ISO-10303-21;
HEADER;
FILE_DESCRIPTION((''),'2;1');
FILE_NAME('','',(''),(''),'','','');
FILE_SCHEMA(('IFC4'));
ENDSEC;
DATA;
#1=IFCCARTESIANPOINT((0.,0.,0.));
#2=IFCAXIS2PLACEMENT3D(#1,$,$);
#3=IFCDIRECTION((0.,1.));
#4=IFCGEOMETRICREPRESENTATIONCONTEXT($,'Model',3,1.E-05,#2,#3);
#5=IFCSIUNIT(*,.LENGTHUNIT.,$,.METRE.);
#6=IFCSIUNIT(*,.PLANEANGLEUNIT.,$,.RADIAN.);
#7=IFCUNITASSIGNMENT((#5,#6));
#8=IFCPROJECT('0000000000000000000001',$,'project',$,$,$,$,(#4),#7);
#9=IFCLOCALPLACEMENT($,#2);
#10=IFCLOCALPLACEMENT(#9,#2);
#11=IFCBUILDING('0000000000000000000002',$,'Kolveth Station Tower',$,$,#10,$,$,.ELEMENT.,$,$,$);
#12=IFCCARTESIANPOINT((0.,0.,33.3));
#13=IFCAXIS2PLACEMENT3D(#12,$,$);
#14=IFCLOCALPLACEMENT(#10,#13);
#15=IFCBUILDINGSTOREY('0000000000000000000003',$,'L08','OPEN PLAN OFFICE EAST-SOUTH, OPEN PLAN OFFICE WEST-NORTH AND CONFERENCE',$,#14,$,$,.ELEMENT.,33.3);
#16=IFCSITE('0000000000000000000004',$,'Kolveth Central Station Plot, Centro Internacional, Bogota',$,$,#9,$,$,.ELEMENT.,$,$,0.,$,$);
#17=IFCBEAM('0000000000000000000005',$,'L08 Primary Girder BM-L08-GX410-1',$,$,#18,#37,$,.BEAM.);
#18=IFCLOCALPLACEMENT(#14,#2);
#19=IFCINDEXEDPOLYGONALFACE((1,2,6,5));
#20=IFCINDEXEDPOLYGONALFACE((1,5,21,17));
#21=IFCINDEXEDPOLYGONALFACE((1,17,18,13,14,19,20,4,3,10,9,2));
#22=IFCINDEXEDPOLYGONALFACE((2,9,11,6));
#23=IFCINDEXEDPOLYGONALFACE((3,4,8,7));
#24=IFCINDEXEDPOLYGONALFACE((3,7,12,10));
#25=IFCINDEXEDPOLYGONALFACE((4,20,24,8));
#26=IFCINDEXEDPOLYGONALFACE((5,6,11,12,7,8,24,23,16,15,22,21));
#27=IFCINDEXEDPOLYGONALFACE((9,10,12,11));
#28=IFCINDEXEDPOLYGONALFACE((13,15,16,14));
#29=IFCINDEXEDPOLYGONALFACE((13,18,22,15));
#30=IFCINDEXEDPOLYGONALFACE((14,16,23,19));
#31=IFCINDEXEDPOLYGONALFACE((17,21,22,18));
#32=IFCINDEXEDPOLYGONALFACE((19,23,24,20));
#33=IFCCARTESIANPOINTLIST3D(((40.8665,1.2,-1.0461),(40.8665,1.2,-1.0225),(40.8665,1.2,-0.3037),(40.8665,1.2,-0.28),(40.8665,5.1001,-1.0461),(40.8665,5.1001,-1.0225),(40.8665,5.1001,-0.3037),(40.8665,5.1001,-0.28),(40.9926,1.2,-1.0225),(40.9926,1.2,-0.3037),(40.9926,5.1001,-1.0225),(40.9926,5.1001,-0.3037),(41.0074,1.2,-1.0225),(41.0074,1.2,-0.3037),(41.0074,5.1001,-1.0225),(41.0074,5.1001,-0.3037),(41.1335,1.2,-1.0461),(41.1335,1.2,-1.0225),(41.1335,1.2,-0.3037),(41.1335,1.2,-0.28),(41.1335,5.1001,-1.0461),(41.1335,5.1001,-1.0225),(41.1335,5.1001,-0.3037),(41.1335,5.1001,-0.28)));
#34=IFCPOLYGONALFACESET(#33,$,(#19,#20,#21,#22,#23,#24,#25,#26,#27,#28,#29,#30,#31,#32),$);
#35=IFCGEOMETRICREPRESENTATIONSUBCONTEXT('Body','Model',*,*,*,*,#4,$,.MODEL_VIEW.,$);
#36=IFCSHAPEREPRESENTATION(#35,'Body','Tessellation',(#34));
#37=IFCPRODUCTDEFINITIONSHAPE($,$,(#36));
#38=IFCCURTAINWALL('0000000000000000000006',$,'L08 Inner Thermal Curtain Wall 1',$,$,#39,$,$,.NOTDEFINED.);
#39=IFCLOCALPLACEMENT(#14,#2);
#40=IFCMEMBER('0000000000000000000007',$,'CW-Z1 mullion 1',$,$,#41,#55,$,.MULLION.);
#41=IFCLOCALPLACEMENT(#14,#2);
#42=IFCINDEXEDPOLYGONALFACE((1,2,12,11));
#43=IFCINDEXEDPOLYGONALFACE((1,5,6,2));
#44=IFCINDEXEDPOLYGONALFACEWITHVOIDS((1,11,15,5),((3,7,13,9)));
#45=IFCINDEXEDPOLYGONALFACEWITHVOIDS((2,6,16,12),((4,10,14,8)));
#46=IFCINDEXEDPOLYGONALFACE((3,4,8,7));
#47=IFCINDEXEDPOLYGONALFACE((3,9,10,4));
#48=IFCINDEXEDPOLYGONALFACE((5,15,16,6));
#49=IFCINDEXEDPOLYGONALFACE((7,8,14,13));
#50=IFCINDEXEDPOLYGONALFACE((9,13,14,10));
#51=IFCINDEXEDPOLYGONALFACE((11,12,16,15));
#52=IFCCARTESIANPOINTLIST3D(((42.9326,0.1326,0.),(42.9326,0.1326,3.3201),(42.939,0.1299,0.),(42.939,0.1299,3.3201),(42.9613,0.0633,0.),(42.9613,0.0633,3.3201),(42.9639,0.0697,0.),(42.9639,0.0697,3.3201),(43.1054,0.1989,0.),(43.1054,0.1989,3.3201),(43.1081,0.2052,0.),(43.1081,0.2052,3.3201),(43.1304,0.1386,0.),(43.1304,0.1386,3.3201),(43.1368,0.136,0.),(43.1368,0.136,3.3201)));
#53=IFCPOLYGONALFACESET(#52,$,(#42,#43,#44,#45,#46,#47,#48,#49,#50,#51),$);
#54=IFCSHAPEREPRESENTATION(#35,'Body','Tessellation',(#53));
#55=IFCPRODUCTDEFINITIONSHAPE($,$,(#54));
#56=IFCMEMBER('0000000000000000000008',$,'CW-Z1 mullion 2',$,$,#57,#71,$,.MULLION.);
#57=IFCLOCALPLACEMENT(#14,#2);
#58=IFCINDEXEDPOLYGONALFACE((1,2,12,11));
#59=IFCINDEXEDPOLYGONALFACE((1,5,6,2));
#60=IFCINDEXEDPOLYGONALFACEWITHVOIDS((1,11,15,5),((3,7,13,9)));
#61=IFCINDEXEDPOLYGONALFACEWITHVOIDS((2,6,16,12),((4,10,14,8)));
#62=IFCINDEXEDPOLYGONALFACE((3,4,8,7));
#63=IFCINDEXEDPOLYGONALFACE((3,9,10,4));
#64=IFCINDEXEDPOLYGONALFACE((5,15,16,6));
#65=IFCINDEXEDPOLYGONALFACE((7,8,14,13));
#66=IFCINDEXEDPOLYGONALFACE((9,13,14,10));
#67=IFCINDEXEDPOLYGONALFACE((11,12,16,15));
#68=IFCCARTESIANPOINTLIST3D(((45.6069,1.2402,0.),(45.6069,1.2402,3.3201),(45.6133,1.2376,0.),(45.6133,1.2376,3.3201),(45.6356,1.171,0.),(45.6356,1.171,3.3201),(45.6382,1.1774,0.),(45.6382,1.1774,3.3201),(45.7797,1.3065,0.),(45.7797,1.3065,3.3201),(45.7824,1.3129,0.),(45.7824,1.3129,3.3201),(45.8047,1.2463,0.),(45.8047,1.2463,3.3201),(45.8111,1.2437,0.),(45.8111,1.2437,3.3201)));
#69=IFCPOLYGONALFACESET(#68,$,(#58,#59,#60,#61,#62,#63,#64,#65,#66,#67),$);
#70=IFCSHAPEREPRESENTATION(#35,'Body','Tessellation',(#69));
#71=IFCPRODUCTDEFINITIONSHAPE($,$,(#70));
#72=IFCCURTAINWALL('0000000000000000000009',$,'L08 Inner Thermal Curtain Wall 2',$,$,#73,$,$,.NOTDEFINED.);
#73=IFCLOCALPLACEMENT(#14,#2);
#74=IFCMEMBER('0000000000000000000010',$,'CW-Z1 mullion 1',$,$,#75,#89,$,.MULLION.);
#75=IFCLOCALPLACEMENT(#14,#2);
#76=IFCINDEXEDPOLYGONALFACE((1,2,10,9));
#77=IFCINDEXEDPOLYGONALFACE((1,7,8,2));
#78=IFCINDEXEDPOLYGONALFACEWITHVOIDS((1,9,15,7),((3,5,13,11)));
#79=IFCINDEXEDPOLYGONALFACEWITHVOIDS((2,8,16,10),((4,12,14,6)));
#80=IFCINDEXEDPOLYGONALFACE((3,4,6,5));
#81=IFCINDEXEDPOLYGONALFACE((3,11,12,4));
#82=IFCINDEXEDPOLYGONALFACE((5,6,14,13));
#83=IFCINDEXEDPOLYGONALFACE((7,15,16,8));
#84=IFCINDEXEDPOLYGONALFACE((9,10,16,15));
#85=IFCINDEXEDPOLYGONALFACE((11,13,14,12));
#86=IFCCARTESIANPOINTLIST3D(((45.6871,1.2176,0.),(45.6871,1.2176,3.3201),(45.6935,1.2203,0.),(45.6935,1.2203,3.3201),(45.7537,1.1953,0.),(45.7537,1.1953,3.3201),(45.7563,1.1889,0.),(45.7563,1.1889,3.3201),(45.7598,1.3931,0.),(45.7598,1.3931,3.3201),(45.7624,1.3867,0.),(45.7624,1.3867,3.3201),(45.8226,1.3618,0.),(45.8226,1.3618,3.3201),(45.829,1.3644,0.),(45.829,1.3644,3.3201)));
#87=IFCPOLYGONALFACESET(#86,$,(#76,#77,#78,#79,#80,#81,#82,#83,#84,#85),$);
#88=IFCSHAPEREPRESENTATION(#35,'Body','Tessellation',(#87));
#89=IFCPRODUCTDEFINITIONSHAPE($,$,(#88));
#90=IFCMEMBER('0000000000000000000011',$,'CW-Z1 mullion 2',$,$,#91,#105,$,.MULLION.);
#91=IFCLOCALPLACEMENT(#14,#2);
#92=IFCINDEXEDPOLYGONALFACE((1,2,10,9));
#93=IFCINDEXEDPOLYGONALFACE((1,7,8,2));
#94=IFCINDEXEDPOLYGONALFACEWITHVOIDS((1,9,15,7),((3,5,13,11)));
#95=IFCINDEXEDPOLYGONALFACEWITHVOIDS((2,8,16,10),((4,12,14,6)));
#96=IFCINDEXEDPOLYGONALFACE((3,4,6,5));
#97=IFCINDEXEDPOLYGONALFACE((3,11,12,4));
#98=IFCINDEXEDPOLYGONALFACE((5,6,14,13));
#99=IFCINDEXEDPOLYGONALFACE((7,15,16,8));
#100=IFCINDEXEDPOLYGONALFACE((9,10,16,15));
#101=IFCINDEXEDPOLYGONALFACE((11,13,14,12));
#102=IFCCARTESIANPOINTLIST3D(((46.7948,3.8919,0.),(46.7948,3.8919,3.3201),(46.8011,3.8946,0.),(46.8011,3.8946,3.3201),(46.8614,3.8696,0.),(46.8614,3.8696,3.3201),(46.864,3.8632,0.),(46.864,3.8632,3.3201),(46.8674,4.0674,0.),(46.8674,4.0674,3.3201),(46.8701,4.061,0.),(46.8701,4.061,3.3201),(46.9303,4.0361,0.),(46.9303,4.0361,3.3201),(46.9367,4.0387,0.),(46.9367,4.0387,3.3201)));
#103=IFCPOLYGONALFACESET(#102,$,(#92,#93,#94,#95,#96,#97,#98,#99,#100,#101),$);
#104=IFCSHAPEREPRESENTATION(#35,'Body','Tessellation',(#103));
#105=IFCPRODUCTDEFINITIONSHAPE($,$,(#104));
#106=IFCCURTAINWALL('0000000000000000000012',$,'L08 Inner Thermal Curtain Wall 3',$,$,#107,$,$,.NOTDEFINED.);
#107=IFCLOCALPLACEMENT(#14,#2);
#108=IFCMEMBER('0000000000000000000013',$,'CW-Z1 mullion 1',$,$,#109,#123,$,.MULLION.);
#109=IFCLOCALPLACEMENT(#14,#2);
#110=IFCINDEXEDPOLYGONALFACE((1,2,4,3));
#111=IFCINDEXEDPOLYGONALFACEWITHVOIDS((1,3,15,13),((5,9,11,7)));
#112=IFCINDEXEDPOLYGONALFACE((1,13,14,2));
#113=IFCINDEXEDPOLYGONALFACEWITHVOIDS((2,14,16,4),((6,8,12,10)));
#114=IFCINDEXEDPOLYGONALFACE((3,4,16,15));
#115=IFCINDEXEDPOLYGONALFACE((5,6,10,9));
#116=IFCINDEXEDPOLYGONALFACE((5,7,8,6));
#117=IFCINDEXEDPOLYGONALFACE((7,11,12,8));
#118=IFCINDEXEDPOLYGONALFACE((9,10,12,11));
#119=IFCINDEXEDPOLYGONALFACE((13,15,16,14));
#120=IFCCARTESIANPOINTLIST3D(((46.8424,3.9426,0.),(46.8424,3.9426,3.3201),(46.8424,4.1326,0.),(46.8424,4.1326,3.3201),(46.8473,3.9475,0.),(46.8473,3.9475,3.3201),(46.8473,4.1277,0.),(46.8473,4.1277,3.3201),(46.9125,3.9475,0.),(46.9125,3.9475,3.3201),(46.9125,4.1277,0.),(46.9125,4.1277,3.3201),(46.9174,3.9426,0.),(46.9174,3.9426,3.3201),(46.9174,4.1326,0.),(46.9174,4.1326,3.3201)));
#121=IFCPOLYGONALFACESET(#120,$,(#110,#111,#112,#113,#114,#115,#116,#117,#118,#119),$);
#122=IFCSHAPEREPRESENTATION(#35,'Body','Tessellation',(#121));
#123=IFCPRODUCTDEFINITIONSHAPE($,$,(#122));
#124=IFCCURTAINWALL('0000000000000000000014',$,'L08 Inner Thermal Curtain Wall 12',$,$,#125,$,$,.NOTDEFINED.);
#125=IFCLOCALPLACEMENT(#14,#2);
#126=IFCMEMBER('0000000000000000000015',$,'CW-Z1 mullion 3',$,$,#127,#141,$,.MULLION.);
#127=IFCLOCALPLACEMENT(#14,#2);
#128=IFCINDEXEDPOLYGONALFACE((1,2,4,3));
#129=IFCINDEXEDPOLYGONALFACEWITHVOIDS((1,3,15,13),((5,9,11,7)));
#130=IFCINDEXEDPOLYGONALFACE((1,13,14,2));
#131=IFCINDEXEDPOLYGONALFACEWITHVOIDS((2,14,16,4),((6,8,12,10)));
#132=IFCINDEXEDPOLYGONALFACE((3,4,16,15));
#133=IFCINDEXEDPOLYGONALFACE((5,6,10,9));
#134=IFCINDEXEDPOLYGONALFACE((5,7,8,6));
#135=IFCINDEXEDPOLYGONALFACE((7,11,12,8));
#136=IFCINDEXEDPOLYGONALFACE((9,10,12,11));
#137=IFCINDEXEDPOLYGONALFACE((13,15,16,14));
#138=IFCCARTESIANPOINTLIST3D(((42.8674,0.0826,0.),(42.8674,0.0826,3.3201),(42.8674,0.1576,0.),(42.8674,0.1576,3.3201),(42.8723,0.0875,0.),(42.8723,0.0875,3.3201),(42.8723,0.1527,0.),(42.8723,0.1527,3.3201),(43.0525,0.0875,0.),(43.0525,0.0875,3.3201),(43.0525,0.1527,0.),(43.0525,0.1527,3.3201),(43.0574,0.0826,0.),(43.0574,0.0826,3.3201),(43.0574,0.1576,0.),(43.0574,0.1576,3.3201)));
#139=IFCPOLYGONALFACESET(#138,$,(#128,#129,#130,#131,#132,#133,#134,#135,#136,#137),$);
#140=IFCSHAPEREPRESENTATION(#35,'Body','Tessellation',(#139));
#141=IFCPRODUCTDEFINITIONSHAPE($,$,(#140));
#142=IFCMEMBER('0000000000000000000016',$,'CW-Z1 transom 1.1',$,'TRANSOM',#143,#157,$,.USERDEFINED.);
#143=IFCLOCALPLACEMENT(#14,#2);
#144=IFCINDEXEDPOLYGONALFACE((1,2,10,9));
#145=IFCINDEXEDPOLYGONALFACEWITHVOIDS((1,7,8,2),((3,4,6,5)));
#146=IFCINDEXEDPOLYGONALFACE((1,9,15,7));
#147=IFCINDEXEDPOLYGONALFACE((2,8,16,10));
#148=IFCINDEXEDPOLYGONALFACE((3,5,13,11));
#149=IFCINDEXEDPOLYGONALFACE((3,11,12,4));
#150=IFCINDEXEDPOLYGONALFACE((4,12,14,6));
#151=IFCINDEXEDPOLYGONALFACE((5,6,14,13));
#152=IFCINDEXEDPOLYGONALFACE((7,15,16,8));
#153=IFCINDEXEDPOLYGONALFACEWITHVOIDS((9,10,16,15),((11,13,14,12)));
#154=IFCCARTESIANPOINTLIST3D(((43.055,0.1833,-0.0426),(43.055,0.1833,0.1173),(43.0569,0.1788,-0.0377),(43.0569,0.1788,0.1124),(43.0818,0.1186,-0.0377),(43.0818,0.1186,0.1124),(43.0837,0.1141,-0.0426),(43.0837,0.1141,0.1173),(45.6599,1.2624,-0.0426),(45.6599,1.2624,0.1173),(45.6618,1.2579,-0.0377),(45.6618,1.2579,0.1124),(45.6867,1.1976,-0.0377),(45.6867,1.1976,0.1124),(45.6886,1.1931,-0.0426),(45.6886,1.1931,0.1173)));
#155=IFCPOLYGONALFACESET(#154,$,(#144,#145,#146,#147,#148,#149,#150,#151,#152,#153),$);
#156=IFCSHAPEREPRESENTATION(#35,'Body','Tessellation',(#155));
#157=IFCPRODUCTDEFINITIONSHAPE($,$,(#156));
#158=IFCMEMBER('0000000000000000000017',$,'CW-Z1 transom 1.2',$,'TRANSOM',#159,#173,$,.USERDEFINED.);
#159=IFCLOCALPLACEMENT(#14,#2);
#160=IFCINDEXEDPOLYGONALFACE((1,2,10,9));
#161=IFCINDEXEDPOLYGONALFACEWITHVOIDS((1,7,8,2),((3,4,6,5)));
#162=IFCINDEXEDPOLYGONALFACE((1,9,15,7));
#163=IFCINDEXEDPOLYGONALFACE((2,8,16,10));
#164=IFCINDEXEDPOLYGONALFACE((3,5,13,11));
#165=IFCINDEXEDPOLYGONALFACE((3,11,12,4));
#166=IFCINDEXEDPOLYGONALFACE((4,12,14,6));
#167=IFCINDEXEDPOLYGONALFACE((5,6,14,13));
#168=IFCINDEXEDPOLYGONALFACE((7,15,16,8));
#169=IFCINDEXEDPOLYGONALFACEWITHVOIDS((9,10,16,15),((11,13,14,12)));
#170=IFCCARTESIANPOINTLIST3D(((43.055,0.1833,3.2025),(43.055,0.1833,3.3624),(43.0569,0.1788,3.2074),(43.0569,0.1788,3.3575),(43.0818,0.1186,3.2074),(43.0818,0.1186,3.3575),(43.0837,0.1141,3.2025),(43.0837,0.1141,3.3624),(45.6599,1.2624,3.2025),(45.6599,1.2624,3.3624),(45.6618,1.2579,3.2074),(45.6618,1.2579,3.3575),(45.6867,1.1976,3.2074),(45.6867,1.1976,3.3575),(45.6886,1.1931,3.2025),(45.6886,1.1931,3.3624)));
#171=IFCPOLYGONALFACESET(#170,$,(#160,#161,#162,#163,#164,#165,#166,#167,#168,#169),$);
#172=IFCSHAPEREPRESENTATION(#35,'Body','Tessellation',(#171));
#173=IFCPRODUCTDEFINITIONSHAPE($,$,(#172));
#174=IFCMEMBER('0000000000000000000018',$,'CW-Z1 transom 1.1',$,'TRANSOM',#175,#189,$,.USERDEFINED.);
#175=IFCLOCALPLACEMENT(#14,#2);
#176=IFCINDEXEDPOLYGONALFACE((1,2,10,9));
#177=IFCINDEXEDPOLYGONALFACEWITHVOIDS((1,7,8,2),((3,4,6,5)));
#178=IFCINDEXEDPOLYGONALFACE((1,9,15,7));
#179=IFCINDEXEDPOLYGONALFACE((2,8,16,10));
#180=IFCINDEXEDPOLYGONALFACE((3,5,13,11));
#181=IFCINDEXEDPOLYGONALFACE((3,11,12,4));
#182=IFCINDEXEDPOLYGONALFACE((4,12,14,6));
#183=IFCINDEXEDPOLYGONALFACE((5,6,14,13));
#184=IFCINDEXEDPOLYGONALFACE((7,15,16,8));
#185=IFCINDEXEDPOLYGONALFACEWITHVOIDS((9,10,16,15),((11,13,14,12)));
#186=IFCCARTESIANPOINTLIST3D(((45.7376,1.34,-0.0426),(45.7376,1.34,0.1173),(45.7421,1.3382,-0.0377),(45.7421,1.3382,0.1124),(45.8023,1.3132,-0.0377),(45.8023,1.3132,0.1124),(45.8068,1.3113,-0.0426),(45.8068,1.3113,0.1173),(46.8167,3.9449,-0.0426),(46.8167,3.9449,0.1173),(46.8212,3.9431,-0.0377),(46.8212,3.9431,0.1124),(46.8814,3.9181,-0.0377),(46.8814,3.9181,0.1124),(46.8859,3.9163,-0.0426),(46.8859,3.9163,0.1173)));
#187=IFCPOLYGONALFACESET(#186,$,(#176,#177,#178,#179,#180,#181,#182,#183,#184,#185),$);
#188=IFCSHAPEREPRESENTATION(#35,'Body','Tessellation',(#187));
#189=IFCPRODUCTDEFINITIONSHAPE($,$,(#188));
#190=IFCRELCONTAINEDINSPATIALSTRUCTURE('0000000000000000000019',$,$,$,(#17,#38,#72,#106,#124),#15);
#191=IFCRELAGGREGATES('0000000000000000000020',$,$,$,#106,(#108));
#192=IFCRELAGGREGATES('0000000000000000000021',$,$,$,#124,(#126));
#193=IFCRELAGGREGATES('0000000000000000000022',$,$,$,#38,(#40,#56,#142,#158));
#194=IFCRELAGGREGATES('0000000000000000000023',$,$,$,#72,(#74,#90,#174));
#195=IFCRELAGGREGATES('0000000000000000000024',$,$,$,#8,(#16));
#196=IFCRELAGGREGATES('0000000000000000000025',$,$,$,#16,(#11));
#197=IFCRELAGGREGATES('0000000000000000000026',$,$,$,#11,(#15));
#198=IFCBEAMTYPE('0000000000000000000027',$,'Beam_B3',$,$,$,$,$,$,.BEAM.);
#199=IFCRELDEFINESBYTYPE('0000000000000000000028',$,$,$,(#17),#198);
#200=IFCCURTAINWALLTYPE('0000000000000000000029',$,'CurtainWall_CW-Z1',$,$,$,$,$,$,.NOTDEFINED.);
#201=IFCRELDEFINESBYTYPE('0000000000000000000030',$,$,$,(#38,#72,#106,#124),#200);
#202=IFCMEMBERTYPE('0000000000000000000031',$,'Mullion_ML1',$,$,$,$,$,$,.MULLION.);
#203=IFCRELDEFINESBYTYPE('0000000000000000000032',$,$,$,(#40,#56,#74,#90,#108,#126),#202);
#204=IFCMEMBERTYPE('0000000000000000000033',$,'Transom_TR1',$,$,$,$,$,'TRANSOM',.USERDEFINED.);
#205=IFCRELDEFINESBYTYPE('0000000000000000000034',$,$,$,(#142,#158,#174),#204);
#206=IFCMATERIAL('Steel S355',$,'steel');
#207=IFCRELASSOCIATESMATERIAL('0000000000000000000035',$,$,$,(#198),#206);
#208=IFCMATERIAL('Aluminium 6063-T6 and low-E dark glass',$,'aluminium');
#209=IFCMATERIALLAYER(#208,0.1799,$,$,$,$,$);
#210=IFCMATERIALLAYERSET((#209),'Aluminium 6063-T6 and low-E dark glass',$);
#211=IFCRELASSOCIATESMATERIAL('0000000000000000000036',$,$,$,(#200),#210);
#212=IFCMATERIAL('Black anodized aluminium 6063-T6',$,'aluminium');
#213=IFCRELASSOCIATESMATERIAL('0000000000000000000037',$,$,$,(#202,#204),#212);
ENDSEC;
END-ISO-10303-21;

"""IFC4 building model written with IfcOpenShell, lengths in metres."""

from ifc_helpers import new_model, si_unit, direction, frame, origin, origin_2d, place, context, subcontext, project, spatial, hollow_rectangle, i_section, extrude, source, transform, mapped, material, layer, layer_set, material_profile, profile_set, type_object, element, aggregate, save


model = new_model("IFC4")

# Units and contexts
model_context = context("Model", 3, precision=1e-05, world=origin(), true_north=direction((0.0, 1.0)))
body_context = subcontext(model_context, "Body", "Model", "MODEL_VIEW")
ifc_project = project(units=[si_unit("LENGTHUNIT", "METRE"), si_unit("PLANEANGLEUNIT", "RADIAN")], contexts=[model_context])

# Site, building, storey
site_placement = place(None, origin())
site = spatial("IfcSite", under=ifc_project, at=site_placement, Name="Kolveth Central Station Plot, Centro Internacional, Bogota", CompositionType="ELEMENT", RefElevation=0.0)
building_placement = place(site_placement, origin())
building = spatial("IfcBuilding", under=site, at=building_placement, Name="Kolveth Station Tower", CompositionType="ELEMENT")
storey_placement = place(building_placement, frame((0.0, 0.0, 33.3)))
storey = spatial("IfcBuildingStorey", under=building, at=storey_placement, Name="L08", Description="OPEN PLAN OFFICE EAST-SOUTH, OPEN PLAN OFFICE WEST-NORTH AND CONFERENCE", CompositionType="ELEMENT", Elevation=33.3)

# Beam
ifc_material_1 = material(Name="Steel S355", Category="steel")
ifc_material_profile_1 = material_profile(ifc_material_1, i_section(OverallWidth=0.2671, OverallDepth=0.7661, WebThickness=0.0149, FlangeThickness=0.0237, at=origin_2d()), Name="W760x185")
ifc_profile_set_1 = profile_set([ifc_material_profile_1], Name="Steel S355")
beam_type = type_object("IfcBeamType", Name="Beam_B3", PredefinedType="BEAM", material=ifc_profile_set_1)
shared_shape_1 = source(origin(), body_context, "Body", "SweptSolid", [
    extrude(i_section(OverallWidth=0.2671, OverallDepth=0.7661, WebThickness=0.0149, FlangeThickness=0.0237, at=origin_2d()), origin(), (0.0, 0.0, 1.0), 3.9001),
])
beam_placement = place(storey_placement, frame((41.0, 1.2, -0.6631), z_axis=(0.0, 1.0, 0.0), x_axis=(-1.0, 0.0, 0.0)))
element("IfcBeam", 1, at=beam_placement, inside=storey, type_object=beam_type, Name="L08 Primary Girder BM-L08-GX410-1", PredefinedType="BEAM", context=body_context, shape_type="MappedRepresentation", body=[
    mapped(shared_shape_1, transform((0.0, 0.0, 0.0), x_axis=(1.0, 0.0, 0.0), y_axis=(0.0, 1.0, 0.0), z_axis=(0.0, 0.0, 1.0), scale=1.0)),
])

# Curtain walls, members
ifc_material_2 = material(Name="Aluminium 6063-T6 and low-E dark glass", Category="aluminium")
ifc_layer_1 = layer(ifc_material_2, 0.1799)
ifc_layer_set_1 = layer_set([ifc_layer_1], Name="Aluminium 6063-T6 and low-E dark glass")
curtain_wall_type_1 = type_object("IfcCurtainWallType", Name="CurtainWall_CW-Z1", PredefinedType="NOTDEFINED", material=ifc_layer_set_1)
curtain_wall_1_placement = place(storey_placement, origin())
curtain_wall_1 = element("IfcCurtainWall", 2, at=curtain_wall_1_placement, inside=storey, type_object=curtain_wall_type_1, Name="L08 Inner Thermal Curtain Wall 1", PredefinedType="NOTDEFINED")
ifc_material_3 = material(Name="Black anodized aluminium 6063-T6", Category="aluminium")
ifc_material_profile_2 = material_profile(ifc_material_3, hollow_rectangle(XDim=0.075, YDim=0.1899, WallThickness=0.0049, at=origin_2d()), Name="ALU-75x190x5")
ifc_profile_set_2 = profile_set([ifc_material_profile_2], Name="Black anodized aluminium 6063-T6")
member_type_1 = type_object("IfcMemberType", Name="Mullion_ML1", PredefinedType="MULLION", material=ifc_profile_set_2)
shared_shape_2 = source(origin(), body_context, "Body", "SweptSolid", [
    extrude(hollow_rectangle(XDim=0.075, YDim=0.1899, WallThickness=0.0049, at=origin_2d()), origin(), (0.0, 0.0, 1.0), 3.3201),
])
member_1_placement = place(storey_placement, frame((43.0347, 0.1343, 0.0), z_axis=(0.0, 0.0, 1.0), x_axis=(-0.382673, 0.923884, 0.0)))
member_1 = element("IfcMember", 3, at=member_1_placement, type_object=member_type_1, Name="CW-Z1 mullion 1", PredefinedType="MULLION", context=body_context, shape_type="MappedRepresentation", body=[
    mapped(shared_shape_2, transform((0.0, 0.0, 0.0), x_axis=(1.0, 0.0, 0.0), y_axis=(0.0, 1.0, 0.0), z_axis=(0.0, 0.0, 1.0), scale=1.0)),
])
member_2_placement = place(storey_placement, frame((45.709, 1.2419, 0.0), z_axis=(0.0, 0.0, 1.0), x_axis=(-0.382673, 0.923884, 0.0)))
member_2 = element("IfcMember", 4, at=member_2_placement, type_object=member_type_1, Name="CW-Z1 mullion 2", PredefinedType="MULLION", context=body_context, shape_type="MappedRepresentation", body=[
    mapped(shared_shape_2, transform((0.0, 0.0, 0.0), x_axis=(1.0, 0.0, 0.0), y_axis=(0.0, 1.0, 0.0), z_axis=(0.0, 0.0, 1.0), scale=1.0)),
])
curtain_wall_2_placement = place(storey_placement, origin())
curtain_wall_2 = element("IfcCurtainWall", 5, at=curtain_wall_2_placement, inside=storey, type_object=curtain_wall_type_1, Name="L08 Inner Thermal Curtain Wall 2", PredefinedType="NOTDEFINED")
member_3_placement = place(storey_placement, frame((45.7581, 1.291, 0.0), z_axis=(0.0, 0.0, 1.0), x_axis=(-0.923884, 0.382673, 0.0)))
member_3 = element("IfcMember", 6, at=member_3_placement, type_object=member_type_1, Name="CW-Z1 mullion 1", PredefinedType="MULLION", context=body_context, shape_type="MappedRepresentation", body=[
    mapped(shared_shape_2, transform((0.0, 0.0, 0.0), x_axis=(1.0, 0.0, 0.0), y_axis=(0.0, 1.0, 0.0), z_axis=(0.0, 0.0, 1.0), scale=1.0)),
])
member_4_placement = place(storey_placement, frame((46.8657, 3.9653, 0.0), z_axis=(0.0, 0.0, 1.0), x_axis=(-0.923884, 0.382673, 0.0)))
member_4 = element("IfcMember", 7, at=member_4_placement, type_object=member_type_1, Name="CW-Z1 mullion 2", PredefinedType="MULLION", context=body_context, shape_type="MappedRepresentation", body=[
    mapped(shared_shape_2, transform((0.0, 0.0, 0.0), x_axis=(1.0, 0.0, 0.0), y_axis=(0.0, 1.0, 0.0), z_axis=(0.0, 0.0, 1.0), scale=1.0)),
])

# Curtain walls, members
curtain_wall_3_placement = place(storey_placement, origin())
curtain_wall_3 = element("IfcCurtainWall", 8, at=curtain_wall_3_placement, inside=storey, type_object=curtain_wall_type_1, Name="L08 Inner Thermal Curtain Wall 3", PredefinedType="NOTDEFINED")
member_5_placement = place(storey_placement, frame((46.8799, 4.0376, 0.0), z_axis=(0.0, 0.0, 1.0), x_axis=(-1.0, 0.0, 0.0)))
member_5 = element("IfcMember", 9, at=member_5_placement, type_object=member_type_1, Name="CW-Z1 mullion 1", PredefinedType="MULLION", context=body_context, shape_type="MappedRepresentation", body=[
    mapped(shared_shape_2, transform((0.0, 0.0, 0.0), x_axis=(1.0, 0.0, 0.0), y_axis=(0.0, 1.0, 0.0), z_axis=(0.0, 0.0, 1.0), scale=1.0)),
])
aggregate(curtain_wall_3, [member_5])
curtain_wall_4_placement = place(storey_placement, origin())
curtain_wall_4 = element("IfcCurtainWall", 10, at=curtain_wall_4_placement, inside=storey, type_object=curtain_wall_type_1, Name="L08 Inner Thermal Curtain Wall 12", PredefinedType="NOTDEFINED")
member_6_placement = place(storey_placement, frame((42.9624, 0.1201, 0.0), z_axis=(0.0, 0.0, 1.0), x_axis=(0.0, 1.0, 0.0)))
member_6 = element("IfcMember", 11, at=member_6_placement, type_object=member_type_1, Name="CW-Z1 mullion 3", PredefinedType="MULLION", context=body_context, shape_type="MappedRepresentation", body=[
    mapped(shared_shape_2, transform((0.0, 0.0, 0.0), x_axis=(1.0, 0.0, 0.0), y_axis=(0.0, 1.0, 0.0), z_axis=(0.0, 0.0, 1.0), scale=1.0)),
])
aggregate(curtain_wall_4, [member_6])

# Members
ifc_material_profile_3 = material_profile(ifc_material_3, hollow_rectangle(XDim=0.075, YDim=0.1599, WallThickness=0.0049, at=origin_2d()), Name="ALU-75x160x5")
ifc_profile_set_3 = profile_set([ifc_material_profile_3], Name="Black anodized aluminium 6063-T6")
member_type_2 = type_object("IfcMemberType", Name="Transom_TR1", ElementType="TRANSOM", PredefinedType="USERDEFINED", material=ifc_profile_set_3)
shared_shape_3 = source(origin(), body_context, "Body", "SweptSolid", [
    extrude(hollow_rectangle(XDim=0.075, YDim=0.1599, WallThickness=0.0049, at=origin_2d()), origin(), (0.0, 0.0, 1.0), 2.8196),
])
member_7_placement = place(storey_placement, frame((43.0693, 0.1487, 0.0374), z_axis=(0.923869, 0.382709, 0.0), x_axis=(-0.382709, 0.923869, 0.0)))
member_7 = element("IfcMember", 12, at=member_7_placement, type_object=member_type_2, Name="CW-Z1 transom 1.1", ObjectType="TRANSOM", PredefinedType="USERDEFINED", context=body_context, shape_type="MappedRepresentation", body=[
    mapped(shared_shape_3, transform((0.0, 0.0, 0.0), x_axis=(1.0, 0.0, 0.0), y_axis=(0.0, 1.0, 0.0), z_axis=(0.0, 0.0, 1.0), scale=1.0)),
])
member_8_placement = place(storey_placement, frame((43.0693, 0.1487, 3.2825), z_axis=(0.923869, 0.382709, 0.0), x_axis=(-0.382709, 0.923869, 0.0)))
member_8 = element("IfcMember", 13, at=member_8_placement, type_object=member_type_2, Name="CW-Z1 transom 1.2", ObjectType="TRANSOM", PredefinedType="USERDEFINED", context=body_context, shape_type="MappedRepresentation", body=[
    mapped(shared_shape_3, transform((0.0, 0.0, 0.0), x_axis=(1.0, 0.0, 0.0), y_axis=(0.0, 1.0, 0.0), z_axis=(0.0, 0.0, 1.0), scale=1.0)),
])
member_9_placement = place(storey_placement, frame((45.7722, 1.3257, 0.0374), z_axis=(0.382709, 0.923869, 0.0), x_axis=(-0.923869, 0.382709, 0.0)))
member_9 = element("IfcMember", 14, at=member_9_placement, type_object=member_type_2, Name="CW-Z1 transom 1.1", ObjectType="TRANSOM", PredefinedType="USERDEFINED", context=body_context, shape_type="MappedRepresentation", body=[
    mapped(shared_shape_3, transform((0.0, 0.0, 0.0), x_axis=(1.0, 0.0, 0.0), y_axis=(0.0, 1.0, 0.0), z_axis=(0.0, 0.0, 1.0), scale=1.0)),
])

aggregate(curtain_wall_1, [member_1, member_2, member_7, member_8])
aggregate(curtain_wall_2, [member_3, member_4, member_9])

save(model, "model.ifc")
